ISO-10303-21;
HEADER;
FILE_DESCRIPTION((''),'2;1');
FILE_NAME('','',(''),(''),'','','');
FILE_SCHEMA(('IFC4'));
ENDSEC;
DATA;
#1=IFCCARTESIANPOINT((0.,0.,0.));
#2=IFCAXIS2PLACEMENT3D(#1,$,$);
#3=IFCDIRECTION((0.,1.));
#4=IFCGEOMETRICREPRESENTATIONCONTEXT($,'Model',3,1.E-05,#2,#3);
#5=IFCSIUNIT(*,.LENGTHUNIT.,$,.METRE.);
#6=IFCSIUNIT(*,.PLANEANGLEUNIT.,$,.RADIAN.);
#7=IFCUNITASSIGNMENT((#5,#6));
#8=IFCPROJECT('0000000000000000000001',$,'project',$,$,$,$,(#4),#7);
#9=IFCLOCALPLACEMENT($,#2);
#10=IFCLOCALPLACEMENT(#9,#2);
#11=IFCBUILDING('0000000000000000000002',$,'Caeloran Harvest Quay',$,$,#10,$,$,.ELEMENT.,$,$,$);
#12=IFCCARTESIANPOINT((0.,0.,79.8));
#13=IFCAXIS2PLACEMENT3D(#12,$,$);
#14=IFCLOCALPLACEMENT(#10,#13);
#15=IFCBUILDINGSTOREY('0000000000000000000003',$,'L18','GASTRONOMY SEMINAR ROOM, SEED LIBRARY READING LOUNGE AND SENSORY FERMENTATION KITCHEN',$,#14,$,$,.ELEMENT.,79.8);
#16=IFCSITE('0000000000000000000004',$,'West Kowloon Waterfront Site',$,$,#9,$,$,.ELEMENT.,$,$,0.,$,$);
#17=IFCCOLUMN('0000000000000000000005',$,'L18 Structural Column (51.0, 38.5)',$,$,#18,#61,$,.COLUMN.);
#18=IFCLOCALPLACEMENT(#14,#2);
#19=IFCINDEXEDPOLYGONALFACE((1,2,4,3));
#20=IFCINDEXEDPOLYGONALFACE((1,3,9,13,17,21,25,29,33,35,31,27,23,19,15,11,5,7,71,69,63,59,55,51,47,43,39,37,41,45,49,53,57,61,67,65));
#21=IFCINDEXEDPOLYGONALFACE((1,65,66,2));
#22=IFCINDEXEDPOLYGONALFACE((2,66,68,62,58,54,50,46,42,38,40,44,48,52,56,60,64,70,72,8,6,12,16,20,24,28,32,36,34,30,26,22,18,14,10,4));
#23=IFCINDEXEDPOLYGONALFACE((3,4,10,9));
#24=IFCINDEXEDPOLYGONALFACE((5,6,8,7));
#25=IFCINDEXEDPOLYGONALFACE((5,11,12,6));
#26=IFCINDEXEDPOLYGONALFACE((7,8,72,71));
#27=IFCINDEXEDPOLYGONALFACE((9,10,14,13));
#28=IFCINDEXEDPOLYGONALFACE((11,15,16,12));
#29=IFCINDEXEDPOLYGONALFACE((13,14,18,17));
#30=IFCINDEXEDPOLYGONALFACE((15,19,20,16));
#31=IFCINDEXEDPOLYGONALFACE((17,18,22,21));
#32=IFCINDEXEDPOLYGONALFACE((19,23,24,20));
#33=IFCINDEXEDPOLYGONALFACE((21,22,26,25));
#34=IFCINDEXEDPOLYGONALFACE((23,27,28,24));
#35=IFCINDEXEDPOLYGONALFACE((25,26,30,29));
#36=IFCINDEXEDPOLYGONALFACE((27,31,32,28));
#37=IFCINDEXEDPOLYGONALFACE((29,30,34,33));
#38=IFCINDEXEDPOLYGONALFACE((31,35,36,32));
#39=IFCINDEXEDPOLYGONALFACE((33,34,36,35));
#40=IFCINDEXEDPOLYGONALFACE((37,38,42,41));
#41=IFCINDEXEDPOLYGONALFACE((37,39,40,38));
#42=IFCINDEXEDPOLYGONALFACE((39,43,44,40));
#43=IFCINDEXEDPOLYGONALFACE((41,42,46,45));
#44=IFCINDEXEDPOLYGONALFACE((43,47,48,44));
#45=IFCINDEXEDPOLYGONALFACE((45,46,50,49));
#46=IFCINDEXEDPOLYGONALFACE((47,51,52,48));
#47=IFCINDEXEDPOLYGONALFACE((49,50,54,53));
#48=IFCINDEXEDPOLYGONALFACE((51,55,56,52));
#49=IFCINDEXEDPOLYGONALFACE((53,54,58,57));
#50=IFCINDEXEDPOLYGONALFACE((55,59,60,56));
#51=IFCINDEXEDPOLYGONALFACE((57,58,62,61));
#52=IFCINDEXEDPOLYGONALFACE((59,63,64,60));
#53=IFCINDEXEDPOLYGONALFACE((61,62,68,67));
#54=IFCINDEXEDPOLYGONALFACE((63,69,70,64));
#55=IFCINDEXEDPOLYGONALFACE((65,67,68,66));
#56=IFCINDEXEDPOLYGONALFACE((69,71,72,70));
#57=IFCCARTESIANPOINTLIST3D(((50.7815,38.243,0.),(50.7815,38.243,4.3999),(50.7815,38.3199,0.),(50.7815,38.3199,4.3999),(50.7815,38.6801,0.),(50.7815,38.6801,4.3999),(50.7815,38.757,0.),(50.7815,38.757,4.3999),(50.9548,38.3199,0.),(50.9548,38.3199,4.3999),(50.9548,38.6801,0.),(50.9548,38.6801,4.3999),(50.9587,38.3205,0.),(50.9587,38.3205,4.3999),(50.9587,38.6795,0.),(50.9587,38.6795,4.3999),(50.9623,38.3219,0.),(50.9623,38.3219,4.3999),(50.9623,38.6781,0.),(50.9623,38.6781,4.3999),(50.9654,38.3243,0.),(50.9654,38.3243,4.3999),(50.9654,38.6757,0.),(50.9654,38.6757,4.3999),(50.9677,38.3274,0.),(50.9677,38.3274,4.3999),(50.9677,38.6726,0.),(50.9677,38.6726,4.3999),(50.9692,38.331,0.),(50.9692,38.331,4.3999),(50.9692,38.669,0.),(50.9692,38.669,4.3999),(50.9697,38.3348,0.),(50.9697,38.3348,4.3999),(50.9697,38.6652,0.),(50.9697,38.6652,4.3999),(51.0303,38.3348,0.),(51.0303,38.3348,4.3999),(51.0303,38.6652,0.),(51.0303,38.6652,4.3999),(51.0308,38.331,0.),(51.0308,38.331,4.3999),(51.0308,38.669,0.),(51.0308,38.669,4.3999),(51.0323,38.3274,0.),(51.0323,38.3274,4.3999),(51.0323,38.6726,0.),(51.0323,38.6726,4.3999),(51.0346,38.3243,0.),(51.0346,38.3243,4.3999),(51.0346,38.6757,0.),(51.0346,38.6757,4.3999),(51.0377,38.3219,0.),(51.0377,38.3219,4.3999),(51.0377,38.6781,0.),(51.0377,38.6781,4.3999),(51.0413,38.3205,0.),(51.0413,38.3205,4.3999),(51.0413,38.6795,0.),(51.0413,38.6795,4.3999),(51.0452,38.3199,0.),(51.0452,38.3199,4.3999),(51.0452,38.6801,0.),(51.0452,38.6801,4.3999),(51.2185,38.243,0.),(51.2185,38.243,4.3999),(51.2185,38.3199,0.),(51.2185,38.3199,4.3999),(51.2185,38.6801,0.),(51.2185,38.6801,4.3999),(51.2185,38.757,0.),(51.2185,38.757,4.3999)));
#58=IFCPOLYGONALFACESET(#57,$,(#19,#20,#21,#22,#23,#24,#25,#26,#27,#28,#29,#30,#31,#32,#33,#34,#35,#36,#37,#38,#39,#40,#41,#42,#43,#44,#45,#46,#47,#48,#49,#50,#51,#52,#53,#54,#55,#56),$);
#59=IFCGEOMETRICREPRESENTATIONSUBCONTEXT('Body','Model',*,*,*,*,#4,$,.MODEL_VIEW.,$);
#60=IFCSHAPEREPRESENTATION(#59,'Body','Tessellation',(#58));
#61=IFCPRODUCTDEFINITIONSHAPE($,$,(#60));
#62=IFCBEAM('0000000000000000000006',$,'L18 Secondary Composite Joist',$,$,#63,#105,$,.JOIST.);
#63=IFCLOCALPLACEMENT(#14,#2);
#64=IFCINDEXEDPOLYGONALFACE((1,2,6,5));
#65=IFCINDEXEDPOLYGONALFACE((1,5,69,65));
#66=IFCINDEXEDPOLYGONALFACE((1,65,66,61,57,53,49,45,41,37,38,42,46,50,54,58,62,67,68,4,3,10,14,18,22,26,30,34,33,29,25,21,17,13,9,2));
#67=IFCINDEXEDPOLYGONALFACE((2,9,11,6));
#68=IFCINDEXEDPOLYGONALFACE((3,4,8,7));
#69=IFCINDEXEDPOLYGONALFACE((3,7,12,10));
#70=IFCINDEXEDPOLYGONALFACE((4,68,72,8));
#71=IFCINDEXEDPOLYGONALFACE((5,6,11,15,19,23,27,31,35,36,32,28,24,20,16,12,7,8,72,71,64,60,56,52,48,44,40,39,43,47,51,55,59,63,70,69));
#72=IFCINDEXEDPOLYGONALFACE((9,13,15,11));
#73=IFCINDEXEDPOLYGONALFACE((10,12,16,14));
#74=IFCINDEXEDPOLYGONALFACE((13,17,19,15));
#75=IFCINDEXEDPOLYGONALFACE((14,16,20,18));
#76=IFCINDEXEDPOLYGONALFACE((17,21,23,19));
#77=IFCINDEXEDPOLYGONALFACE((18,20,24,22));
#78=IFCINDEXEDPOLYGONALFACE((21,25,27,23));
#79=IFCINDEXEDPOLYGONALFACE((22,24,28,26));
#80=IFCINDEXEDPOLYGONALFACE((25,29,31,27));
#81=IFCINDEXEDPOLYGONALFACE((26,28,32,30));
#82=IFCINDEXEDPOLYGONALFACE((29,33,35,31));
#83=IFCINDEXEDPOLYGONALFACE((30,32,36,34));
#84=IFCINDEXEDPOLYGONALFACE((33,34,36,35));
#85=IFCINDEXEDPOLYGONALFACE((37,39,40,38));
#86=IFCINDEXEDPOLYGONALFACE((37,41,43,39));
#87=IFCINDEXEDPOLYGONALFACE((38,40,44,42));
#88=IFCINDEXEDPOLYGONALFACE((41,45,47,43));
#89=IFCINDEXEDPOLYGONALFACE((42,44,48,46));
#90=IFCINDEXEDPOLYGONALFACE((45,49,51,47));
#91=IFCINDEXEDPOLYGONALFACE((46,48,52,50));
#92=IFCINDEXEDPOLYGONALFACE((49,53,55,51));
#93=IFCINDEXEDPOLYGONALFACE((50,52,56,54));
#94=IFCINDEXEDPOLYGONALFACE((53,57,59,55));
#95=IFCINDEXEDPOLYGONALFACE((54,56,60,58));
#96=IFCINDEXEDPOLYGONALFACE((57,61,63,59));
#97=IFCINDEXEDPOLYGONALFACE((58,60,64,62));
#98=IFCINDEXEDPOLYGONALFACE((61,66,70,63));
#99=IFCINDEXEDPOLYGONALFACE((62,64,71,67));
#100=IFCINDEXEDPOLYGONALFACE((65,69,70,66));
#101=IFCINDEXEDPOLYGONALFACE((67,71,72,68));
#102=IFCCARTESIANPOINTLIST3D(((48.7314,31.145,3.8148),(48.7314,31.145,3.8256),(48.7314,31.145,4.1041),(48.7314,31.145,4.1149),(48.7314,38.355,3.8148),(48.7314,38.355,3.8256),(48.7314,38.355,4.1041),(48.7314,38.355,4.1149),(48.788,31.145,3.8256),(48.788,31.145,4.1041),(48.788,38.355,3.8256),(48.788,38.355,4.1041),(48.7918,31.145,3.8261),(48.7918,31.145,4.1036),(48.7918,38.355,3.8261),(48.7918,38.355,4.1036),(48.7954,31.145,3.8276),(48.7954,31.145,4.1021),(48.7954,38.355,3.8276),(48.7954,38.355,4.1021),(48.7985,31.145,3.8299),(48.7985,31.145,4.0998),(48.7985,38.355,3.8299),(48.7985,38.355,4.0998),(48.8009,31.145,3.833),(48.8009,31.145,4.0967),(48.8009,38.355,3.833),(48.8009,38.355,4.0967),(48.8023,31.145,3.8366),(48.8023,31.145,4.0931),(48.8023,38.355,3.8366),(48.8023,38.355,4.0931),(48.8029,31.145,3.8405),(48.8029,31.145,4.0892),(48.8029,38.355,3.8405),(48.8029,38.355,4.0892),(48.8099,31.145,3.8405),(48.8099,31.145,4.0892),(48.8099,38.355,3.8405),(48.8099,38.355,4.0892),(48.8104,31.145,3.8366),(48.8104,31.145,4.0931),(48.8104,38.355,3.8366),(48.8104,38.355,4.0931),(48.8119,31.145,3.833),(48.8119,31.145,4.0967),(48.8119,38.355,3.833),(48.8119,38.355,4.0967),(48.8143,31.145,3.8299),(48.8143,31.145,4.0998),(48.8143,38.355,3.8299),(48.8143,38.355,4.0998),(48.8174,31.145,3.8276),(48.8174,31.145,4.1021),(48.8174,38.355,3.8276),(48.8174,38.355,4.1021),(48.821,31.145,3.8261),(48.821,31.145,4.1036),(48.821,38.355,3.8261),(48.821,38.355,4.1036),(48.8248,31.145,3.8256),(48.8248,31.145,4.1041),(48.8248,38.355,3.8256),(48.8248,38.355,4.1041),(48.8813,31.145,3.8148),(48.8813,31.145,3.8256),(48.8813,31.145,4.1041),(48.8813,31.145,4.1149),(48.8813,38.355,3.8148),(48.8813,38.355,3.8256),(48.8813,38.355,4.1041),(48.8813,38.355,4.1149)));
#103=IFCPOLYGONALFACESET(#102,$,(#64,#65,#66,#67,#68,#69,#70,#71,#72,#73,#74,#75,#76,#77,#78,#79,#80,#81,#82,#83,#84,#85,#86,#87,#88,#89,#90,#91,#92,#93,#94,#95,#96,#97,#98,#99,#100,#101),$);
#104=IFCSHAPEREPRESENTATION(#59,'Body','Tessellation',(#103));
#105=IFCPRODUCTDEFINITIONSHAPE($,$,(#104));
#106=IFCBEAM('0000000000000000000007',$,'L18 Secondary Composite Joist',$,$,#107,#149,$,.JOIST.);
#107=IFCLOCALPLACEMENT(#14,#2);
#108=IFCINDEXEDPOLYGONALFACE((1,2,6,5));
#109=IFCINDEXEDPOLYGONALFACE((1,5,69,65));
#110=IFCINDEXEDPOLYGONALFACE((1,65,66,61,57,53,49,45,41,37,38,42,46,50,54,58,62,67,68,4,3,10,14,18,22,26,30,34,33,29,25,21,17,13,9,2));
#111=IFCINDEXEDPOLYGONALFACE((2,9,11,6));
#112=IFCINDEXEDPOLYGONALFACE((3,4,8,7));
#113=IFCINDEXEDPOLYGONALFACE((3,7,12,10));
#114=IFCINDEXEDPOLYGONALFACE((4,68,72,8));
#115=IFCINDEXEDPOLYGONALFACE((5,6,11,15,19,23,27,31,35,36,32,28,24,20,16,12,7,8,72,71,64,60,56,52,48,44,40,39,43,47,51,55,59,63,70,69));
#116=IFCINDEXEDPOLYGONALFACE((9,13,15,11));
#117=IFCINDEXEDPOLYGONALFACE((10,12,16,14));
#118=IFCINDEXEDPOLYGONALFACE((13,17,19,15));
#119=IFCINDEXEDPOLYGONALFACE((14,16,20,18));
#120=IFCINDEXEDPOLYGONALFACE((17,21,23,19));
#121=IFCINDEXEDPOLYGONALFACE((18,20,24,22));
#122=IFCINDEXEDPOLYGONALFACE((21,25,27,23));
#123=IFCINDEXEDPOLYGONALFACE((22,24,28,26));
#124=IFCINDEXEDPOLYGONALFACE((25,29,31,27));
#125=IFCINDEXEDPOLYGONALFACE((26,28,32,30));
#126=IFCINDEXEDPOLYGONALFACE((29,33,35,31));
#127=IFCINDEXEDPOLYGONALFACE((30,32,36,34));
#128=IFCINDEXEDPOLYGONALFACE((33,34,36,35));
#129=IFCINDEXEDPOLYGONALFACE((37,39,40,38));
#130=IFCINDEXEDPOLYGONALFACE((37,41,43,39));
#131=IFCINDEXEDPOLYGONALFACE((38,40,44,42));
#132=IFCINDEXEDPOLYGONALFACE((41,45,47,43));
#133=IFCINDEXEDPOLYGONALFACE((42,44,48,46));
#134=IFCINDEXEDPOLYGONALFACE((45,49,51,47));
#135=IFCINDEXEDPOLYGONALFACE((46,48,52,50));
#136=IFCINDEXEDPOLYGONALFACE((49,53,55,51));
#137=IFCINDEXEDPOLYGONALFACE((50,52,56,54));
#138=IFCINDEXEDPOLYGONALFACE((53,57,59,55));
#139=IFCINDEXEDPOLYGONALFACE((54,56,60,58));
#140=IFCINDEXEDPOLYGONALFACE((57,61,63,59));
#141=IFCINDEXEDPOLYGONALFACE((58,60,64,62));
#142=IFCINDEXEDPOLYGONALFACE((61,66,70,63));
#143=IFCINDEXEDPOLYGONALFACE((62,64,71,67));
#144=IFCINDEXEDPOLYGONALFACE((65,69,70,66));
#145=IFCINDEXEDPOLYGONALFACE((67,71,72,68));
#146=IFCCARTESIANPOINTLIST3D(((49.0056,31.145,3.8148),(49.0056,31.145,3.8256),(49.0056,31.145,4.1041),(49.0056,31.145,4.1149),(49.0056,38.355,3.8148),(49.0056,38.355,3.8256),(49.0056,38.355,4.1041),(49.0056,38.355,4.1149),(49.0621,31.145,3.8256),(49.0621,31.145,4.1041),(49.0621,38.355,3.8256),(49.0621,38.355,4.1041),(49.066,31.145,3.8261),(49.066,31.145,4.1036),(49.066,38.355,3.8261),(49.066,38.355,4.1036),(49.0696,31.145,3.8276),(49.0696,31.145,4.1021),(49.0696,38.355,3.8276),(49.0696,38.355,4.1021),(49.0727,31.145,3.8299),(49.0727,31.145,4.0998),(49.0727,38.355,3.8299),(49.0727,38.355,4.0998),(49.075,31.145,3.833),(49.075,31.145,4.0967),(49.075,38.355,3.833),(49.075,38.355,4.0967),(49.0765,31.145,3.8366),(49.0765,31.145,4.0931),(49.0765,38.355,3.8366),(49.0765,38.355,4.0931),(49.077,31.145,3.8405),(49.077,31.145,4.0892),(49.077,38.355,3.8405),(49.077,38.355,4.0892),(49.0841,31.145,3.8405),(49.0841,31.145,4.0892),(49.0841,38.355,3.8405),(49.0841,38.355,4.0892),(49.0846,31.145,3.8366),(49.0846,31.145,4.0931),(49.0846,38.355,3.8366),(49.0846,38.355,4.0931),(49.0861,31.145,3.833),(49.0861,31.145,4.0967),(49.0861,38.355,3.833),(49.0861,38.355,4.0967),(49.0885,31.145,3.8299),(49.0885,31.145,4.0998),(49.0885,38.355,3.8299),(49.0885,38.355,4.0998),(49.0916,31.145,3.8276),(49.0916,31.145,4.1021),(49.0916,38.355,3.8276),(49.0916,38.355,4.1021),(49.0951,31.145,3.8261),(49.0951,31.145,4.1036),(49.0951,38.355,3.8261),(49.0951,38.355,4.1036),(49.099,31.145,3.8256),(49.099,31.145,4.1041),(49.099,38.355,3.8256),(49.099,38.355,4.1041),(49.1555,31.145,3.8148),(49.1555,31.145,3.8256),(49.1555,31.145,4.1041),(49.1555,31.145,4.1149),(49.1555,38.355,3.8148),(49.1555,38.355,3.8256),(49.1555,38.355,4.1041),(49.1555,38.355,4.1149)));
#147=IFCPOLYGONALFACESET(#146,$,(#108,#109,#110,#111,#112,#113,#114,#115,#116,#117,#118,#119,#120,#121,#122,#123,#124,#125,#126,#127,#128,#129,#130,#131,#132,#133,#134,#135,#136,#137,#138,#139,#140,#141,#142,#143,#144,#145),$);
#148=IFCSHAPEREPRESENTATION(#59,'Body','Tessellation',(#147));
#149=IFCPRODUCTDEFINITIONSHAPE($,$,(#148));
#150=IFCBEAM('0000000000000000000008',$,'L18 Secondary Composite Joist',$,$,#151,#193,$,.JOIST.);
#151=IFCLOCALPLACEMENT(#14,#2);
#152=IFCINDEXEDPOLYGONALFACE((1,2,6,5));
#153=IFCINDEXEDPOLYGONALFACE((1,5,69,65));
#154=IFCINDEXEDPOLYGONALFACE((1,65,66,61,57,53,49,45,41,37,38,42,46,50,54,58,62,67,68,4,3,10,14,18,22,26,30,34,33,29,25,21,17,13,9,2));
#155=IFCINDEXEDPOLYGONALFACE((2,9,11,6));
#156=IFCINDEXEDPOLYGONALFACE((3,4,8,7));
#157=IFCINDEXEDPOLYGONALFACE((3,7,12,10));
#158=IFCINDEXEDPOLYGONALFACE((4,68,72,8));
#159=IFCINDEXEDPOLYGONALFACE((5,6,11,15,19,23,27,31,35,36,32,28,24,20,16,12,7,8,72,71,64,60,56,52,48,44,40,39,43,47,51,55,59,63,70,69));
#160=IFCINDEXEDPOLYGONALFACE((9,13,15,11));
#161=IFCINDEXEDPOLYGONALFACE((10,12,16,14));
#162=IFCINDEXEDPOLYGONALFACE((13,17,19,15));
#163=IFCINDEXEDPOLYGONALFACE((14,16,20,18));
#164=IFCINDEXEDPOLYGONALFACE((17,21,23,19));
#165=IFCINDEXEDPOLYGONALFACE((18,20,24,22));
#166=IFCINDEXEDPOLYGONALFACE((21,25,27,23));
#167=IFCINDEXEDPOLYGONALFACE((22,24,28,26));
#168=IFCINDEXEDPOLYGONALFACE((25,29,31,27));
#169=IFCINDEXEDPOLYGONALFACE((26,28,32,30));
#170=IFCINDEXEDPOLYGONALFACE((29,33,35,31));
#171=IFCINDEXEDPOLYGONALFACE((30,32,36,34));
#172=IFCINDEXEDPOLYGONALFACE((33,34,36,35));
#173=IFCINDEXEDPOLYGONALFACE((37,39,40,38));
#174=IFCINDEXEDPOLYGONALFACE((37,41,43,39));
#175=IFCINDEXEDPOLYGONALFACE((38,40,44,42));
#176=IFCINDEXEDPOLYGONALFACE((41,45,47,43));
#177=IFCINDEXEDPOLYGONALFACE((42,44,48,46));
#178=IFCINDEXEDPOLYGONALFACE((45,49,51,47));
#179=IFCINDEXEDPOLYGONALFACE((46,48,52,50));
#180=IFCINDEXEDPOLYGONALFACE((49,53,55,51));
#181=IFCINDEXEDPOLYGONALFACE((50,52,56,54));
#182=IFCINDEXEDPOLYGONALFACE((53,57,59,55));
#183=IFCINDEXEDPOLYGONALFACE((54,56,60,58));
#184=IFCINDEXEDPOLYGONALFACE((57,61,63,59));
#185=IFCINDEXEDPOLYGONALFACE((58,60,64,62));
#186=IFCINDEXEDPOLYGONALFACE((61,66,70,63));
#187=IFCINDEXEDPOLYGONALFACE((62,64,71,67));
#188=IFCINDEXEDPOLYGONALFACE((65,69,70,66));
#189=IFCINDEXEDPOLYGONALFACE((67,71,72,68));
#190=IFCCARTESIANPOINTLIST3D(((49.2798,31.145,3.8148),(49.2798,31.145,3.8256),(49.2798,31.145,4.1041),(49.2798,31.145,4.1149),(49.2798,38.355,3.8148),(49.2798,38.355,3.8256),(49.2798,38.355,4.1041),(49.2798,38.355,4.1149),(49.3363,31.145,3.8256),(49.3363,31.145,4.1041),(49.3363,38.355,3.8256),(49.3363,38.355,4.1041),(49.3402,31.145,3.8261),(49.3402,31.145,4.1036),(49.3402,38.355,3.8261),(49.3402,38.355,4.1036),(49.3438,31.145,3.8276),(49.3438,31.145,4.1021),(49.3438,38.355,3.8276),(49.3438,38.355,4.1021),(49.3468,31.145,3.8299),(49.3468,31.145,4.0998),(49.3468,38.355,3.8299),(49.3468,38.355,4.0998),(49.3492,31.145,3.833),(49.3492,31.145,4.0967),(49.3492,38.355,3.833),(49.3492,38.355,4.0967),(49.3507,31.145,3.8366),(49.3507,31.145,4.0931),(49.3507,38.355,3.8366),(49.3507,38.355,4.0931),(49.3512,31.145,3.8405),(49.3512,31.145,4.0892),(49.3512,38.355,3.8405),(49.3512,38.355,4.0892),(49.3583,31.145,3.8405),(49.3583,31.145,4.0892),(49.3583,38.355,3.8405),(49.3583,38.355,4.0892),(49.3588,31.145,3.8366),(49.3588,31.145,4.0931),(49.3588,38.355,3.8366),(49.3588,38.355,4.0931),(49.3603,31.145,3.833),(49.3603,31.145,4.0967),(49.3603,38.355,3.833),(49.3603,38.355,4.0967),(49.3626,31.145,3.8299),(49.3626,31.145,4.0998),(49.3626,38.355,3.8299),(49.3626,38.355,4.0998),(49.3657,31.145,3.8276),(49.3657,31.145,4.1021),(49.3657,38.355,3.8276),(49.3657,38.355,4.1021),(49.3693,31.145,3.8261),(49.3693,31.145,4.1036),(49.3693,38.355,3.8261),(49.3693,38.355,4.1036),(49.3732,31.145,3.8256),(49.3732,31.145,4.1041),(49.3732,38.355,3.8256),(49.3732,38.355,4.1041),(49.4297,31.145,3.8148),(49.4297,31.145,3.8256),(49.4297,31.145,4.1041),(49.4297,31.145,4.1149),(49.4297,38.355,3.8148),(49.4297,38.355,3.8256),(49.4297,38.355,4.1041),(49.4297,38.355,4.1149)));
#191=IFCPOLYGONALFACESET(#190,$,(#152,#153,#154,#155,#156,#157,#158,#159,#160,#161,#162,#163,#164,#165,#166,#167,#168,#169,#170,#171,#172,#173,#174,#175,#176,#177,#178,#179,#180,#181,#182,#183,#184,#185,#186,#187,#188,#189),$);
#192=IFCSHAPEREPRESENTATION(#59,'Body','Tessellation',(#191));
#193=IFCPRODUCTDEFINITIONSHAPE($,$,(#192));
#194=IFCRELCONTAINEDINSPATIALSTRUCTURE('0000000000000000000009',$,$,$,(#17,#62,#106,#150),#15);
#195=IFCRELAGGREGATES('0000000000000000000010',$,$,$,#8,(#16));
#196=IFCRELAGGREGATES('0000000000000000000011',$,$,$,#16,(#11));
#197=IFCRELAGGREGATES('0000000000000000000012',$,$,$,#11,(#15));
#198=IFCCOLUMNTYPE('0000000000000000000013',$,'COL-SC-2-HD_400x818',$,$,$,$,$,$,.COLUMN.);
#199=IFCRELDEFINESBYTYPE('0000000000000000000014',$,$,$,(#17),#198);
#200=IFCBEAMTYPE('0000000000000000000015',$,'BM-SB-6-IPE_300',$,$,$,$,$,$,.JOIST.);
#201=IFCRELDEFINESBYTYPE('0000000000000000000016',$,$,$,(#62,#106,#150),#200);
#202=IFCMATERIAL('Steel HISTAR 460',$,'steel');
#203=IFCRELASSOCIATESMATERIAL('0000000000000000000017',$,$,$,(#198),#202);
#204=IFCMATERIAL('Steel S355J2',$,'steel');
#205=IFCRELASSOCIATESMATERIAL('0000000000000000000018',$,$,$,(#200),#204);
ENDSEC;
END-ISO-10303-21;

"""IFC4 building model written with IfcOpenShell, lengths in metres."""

from ifc_helpers import new_model, si_unit, direction, frame, origin, origin_2d, place, context, subcontext, project, spatial, i_section, extrude, material, material_profile, profile_set, type_object, element, save


model = new_model("IFC4")

# Units and contexts
model_context = context("Model", 3, precision=1e-05, world=origin(), true_north=direction((0.0, 1.0)))
body_context = subcontext(model_context, "Body", "Model", "MODEL_VIEW")
ifc_project = project(units=[si_unit("LENGTHUNIT", "METRE"), si_unit("PLANEANGLEUNIT", "RADIAN")], contexts=[model_context])

# Site, building, storey
site_placement = place(None, origin())
site = spatial("IfcSite", under=ifc_project, at=site_placement, Name="West Kowloon Waterfront Site", CompositionType="ELEMENT", RefElevation=0.0)
building_placement = place(site_placement, origin())
building = spatial("IfcBuilding", under=site, at=building_placement, Name="Caeloran Harvest Quay", CompositionType="ELEMENT")
storey_placement = place(building_placement, frame((0.0, 0.0, 79.8)))
storey = spatial("IfcBuildingStorey", under=building, at=storey_placement, Name="L18", Description="GASTRONOMY SEMINAR ROOM, SEED LIBRARY READING LOUNGE AND SENSORY FERMENTATION KITCHEN", CompositionType="ELEMENT", Elevation=79.8)

# Column
ifc_material_1 = material(Name="Steel HISTAR 460", Category="steel")
ifc_material_profile_1 = material_profile(ifc_material_1, i_section(OverallWidth=0.437, OverallDepth=0.5139, WebThickness=0.0605, FlangeThickness=0.0769, FilletRadius=0.0149, at=origin_2d()), Name="HD 400x818")
ifc_profile_set_1 = profile_set([ifc_material_profile_1], Name="Steel HISTAR 460")
column_type = type_object("IfcColumnType", Name="COL-SC-2-HD_400x818", PredefinedType="COLUMN", material=ifc_profile_set_1)
column_placement = place(storey_placement, frame((51.0, 38.5, 0.0), z_axis=(0.0, 0.0, 1.0), x_axis=(1.0, 0.0, 0.0)))
element("IfcColumn", 1, at=column_placement, inside=storey, type_object=column_type, Name="L18 Structural Column (51.0, 38.5)", PredefinedType="COLUMN", context=body_context, shape_type="SweptSolid", body=[
    extrude(i_section(OverallWidth=0.437, OverallDepth=0.5139, WebThickness=0.0605, FlangeThickness=0.0769, FilletRadius=0.0149, at=origin_2d()), origin(), (0.0, 0.0, 1.0), 4.3999),
])

# Beams
ifc_material_2 = material(Name="Steel S355J2", Category="steel")
ifc_material_profile_2 = material_profile(ifc_material_2, i_section(OverallWidth=0.1499, OverallDepth=0.3, WebThickness=0.0071, FlangeThickness=0.0107, FilletRadius=0.0149, at=origin_2d()), Name="IPE 300")
ifc_profile_set_2 = profile_set([ifc_material_profile_2], Name="Steel S355J2")
beam_type_1 = type_object("IfcBeamType", Name="BM-SB-6-IPE_300", PredefinedType="JOIST", material=ifc_profile_set_2)
for number, where, z_axis, x_axis, name in (
    (2, (48.8064, 31.145, 3.9648), (0.0, 1.0, 0.0), (-1.0, 0.0, 0.0), "L18 Secondary Composite Joist"),
    (3, (49.0806, 31.145, 3.9648), (0.0, 1.0, 0.0), (-1.0, 0.0, 0.0), "L18 Secondary Composite Joist"),
    (4, (49.3547, 31.145, 3.9648), (0.0, 1.0, 0.0), (-1.0, 0.0, 0.0), "L18 Secondary Composite Joist"),
):
    element("IfcBeam", number, at=place(storey_placement, frame(where, z_axis=z_axis, x_axis=x_axis)), inside=storey, type_object=beam_type_1, Name=name, PredefinedType="JOIST", context=body_context, shape_type="SweptSolid", body=[
        extrude(i_section(OverallWidth=0.1499, OverallDepth=0.3, WebThickness=0.0071, FlangeThickness=0.0107, FilletRadius=0.0149, at=origin_2d()), origin(), (0.0, 0.0, 1.0), 7.21),
    ])

save(model, "model.ifc")
